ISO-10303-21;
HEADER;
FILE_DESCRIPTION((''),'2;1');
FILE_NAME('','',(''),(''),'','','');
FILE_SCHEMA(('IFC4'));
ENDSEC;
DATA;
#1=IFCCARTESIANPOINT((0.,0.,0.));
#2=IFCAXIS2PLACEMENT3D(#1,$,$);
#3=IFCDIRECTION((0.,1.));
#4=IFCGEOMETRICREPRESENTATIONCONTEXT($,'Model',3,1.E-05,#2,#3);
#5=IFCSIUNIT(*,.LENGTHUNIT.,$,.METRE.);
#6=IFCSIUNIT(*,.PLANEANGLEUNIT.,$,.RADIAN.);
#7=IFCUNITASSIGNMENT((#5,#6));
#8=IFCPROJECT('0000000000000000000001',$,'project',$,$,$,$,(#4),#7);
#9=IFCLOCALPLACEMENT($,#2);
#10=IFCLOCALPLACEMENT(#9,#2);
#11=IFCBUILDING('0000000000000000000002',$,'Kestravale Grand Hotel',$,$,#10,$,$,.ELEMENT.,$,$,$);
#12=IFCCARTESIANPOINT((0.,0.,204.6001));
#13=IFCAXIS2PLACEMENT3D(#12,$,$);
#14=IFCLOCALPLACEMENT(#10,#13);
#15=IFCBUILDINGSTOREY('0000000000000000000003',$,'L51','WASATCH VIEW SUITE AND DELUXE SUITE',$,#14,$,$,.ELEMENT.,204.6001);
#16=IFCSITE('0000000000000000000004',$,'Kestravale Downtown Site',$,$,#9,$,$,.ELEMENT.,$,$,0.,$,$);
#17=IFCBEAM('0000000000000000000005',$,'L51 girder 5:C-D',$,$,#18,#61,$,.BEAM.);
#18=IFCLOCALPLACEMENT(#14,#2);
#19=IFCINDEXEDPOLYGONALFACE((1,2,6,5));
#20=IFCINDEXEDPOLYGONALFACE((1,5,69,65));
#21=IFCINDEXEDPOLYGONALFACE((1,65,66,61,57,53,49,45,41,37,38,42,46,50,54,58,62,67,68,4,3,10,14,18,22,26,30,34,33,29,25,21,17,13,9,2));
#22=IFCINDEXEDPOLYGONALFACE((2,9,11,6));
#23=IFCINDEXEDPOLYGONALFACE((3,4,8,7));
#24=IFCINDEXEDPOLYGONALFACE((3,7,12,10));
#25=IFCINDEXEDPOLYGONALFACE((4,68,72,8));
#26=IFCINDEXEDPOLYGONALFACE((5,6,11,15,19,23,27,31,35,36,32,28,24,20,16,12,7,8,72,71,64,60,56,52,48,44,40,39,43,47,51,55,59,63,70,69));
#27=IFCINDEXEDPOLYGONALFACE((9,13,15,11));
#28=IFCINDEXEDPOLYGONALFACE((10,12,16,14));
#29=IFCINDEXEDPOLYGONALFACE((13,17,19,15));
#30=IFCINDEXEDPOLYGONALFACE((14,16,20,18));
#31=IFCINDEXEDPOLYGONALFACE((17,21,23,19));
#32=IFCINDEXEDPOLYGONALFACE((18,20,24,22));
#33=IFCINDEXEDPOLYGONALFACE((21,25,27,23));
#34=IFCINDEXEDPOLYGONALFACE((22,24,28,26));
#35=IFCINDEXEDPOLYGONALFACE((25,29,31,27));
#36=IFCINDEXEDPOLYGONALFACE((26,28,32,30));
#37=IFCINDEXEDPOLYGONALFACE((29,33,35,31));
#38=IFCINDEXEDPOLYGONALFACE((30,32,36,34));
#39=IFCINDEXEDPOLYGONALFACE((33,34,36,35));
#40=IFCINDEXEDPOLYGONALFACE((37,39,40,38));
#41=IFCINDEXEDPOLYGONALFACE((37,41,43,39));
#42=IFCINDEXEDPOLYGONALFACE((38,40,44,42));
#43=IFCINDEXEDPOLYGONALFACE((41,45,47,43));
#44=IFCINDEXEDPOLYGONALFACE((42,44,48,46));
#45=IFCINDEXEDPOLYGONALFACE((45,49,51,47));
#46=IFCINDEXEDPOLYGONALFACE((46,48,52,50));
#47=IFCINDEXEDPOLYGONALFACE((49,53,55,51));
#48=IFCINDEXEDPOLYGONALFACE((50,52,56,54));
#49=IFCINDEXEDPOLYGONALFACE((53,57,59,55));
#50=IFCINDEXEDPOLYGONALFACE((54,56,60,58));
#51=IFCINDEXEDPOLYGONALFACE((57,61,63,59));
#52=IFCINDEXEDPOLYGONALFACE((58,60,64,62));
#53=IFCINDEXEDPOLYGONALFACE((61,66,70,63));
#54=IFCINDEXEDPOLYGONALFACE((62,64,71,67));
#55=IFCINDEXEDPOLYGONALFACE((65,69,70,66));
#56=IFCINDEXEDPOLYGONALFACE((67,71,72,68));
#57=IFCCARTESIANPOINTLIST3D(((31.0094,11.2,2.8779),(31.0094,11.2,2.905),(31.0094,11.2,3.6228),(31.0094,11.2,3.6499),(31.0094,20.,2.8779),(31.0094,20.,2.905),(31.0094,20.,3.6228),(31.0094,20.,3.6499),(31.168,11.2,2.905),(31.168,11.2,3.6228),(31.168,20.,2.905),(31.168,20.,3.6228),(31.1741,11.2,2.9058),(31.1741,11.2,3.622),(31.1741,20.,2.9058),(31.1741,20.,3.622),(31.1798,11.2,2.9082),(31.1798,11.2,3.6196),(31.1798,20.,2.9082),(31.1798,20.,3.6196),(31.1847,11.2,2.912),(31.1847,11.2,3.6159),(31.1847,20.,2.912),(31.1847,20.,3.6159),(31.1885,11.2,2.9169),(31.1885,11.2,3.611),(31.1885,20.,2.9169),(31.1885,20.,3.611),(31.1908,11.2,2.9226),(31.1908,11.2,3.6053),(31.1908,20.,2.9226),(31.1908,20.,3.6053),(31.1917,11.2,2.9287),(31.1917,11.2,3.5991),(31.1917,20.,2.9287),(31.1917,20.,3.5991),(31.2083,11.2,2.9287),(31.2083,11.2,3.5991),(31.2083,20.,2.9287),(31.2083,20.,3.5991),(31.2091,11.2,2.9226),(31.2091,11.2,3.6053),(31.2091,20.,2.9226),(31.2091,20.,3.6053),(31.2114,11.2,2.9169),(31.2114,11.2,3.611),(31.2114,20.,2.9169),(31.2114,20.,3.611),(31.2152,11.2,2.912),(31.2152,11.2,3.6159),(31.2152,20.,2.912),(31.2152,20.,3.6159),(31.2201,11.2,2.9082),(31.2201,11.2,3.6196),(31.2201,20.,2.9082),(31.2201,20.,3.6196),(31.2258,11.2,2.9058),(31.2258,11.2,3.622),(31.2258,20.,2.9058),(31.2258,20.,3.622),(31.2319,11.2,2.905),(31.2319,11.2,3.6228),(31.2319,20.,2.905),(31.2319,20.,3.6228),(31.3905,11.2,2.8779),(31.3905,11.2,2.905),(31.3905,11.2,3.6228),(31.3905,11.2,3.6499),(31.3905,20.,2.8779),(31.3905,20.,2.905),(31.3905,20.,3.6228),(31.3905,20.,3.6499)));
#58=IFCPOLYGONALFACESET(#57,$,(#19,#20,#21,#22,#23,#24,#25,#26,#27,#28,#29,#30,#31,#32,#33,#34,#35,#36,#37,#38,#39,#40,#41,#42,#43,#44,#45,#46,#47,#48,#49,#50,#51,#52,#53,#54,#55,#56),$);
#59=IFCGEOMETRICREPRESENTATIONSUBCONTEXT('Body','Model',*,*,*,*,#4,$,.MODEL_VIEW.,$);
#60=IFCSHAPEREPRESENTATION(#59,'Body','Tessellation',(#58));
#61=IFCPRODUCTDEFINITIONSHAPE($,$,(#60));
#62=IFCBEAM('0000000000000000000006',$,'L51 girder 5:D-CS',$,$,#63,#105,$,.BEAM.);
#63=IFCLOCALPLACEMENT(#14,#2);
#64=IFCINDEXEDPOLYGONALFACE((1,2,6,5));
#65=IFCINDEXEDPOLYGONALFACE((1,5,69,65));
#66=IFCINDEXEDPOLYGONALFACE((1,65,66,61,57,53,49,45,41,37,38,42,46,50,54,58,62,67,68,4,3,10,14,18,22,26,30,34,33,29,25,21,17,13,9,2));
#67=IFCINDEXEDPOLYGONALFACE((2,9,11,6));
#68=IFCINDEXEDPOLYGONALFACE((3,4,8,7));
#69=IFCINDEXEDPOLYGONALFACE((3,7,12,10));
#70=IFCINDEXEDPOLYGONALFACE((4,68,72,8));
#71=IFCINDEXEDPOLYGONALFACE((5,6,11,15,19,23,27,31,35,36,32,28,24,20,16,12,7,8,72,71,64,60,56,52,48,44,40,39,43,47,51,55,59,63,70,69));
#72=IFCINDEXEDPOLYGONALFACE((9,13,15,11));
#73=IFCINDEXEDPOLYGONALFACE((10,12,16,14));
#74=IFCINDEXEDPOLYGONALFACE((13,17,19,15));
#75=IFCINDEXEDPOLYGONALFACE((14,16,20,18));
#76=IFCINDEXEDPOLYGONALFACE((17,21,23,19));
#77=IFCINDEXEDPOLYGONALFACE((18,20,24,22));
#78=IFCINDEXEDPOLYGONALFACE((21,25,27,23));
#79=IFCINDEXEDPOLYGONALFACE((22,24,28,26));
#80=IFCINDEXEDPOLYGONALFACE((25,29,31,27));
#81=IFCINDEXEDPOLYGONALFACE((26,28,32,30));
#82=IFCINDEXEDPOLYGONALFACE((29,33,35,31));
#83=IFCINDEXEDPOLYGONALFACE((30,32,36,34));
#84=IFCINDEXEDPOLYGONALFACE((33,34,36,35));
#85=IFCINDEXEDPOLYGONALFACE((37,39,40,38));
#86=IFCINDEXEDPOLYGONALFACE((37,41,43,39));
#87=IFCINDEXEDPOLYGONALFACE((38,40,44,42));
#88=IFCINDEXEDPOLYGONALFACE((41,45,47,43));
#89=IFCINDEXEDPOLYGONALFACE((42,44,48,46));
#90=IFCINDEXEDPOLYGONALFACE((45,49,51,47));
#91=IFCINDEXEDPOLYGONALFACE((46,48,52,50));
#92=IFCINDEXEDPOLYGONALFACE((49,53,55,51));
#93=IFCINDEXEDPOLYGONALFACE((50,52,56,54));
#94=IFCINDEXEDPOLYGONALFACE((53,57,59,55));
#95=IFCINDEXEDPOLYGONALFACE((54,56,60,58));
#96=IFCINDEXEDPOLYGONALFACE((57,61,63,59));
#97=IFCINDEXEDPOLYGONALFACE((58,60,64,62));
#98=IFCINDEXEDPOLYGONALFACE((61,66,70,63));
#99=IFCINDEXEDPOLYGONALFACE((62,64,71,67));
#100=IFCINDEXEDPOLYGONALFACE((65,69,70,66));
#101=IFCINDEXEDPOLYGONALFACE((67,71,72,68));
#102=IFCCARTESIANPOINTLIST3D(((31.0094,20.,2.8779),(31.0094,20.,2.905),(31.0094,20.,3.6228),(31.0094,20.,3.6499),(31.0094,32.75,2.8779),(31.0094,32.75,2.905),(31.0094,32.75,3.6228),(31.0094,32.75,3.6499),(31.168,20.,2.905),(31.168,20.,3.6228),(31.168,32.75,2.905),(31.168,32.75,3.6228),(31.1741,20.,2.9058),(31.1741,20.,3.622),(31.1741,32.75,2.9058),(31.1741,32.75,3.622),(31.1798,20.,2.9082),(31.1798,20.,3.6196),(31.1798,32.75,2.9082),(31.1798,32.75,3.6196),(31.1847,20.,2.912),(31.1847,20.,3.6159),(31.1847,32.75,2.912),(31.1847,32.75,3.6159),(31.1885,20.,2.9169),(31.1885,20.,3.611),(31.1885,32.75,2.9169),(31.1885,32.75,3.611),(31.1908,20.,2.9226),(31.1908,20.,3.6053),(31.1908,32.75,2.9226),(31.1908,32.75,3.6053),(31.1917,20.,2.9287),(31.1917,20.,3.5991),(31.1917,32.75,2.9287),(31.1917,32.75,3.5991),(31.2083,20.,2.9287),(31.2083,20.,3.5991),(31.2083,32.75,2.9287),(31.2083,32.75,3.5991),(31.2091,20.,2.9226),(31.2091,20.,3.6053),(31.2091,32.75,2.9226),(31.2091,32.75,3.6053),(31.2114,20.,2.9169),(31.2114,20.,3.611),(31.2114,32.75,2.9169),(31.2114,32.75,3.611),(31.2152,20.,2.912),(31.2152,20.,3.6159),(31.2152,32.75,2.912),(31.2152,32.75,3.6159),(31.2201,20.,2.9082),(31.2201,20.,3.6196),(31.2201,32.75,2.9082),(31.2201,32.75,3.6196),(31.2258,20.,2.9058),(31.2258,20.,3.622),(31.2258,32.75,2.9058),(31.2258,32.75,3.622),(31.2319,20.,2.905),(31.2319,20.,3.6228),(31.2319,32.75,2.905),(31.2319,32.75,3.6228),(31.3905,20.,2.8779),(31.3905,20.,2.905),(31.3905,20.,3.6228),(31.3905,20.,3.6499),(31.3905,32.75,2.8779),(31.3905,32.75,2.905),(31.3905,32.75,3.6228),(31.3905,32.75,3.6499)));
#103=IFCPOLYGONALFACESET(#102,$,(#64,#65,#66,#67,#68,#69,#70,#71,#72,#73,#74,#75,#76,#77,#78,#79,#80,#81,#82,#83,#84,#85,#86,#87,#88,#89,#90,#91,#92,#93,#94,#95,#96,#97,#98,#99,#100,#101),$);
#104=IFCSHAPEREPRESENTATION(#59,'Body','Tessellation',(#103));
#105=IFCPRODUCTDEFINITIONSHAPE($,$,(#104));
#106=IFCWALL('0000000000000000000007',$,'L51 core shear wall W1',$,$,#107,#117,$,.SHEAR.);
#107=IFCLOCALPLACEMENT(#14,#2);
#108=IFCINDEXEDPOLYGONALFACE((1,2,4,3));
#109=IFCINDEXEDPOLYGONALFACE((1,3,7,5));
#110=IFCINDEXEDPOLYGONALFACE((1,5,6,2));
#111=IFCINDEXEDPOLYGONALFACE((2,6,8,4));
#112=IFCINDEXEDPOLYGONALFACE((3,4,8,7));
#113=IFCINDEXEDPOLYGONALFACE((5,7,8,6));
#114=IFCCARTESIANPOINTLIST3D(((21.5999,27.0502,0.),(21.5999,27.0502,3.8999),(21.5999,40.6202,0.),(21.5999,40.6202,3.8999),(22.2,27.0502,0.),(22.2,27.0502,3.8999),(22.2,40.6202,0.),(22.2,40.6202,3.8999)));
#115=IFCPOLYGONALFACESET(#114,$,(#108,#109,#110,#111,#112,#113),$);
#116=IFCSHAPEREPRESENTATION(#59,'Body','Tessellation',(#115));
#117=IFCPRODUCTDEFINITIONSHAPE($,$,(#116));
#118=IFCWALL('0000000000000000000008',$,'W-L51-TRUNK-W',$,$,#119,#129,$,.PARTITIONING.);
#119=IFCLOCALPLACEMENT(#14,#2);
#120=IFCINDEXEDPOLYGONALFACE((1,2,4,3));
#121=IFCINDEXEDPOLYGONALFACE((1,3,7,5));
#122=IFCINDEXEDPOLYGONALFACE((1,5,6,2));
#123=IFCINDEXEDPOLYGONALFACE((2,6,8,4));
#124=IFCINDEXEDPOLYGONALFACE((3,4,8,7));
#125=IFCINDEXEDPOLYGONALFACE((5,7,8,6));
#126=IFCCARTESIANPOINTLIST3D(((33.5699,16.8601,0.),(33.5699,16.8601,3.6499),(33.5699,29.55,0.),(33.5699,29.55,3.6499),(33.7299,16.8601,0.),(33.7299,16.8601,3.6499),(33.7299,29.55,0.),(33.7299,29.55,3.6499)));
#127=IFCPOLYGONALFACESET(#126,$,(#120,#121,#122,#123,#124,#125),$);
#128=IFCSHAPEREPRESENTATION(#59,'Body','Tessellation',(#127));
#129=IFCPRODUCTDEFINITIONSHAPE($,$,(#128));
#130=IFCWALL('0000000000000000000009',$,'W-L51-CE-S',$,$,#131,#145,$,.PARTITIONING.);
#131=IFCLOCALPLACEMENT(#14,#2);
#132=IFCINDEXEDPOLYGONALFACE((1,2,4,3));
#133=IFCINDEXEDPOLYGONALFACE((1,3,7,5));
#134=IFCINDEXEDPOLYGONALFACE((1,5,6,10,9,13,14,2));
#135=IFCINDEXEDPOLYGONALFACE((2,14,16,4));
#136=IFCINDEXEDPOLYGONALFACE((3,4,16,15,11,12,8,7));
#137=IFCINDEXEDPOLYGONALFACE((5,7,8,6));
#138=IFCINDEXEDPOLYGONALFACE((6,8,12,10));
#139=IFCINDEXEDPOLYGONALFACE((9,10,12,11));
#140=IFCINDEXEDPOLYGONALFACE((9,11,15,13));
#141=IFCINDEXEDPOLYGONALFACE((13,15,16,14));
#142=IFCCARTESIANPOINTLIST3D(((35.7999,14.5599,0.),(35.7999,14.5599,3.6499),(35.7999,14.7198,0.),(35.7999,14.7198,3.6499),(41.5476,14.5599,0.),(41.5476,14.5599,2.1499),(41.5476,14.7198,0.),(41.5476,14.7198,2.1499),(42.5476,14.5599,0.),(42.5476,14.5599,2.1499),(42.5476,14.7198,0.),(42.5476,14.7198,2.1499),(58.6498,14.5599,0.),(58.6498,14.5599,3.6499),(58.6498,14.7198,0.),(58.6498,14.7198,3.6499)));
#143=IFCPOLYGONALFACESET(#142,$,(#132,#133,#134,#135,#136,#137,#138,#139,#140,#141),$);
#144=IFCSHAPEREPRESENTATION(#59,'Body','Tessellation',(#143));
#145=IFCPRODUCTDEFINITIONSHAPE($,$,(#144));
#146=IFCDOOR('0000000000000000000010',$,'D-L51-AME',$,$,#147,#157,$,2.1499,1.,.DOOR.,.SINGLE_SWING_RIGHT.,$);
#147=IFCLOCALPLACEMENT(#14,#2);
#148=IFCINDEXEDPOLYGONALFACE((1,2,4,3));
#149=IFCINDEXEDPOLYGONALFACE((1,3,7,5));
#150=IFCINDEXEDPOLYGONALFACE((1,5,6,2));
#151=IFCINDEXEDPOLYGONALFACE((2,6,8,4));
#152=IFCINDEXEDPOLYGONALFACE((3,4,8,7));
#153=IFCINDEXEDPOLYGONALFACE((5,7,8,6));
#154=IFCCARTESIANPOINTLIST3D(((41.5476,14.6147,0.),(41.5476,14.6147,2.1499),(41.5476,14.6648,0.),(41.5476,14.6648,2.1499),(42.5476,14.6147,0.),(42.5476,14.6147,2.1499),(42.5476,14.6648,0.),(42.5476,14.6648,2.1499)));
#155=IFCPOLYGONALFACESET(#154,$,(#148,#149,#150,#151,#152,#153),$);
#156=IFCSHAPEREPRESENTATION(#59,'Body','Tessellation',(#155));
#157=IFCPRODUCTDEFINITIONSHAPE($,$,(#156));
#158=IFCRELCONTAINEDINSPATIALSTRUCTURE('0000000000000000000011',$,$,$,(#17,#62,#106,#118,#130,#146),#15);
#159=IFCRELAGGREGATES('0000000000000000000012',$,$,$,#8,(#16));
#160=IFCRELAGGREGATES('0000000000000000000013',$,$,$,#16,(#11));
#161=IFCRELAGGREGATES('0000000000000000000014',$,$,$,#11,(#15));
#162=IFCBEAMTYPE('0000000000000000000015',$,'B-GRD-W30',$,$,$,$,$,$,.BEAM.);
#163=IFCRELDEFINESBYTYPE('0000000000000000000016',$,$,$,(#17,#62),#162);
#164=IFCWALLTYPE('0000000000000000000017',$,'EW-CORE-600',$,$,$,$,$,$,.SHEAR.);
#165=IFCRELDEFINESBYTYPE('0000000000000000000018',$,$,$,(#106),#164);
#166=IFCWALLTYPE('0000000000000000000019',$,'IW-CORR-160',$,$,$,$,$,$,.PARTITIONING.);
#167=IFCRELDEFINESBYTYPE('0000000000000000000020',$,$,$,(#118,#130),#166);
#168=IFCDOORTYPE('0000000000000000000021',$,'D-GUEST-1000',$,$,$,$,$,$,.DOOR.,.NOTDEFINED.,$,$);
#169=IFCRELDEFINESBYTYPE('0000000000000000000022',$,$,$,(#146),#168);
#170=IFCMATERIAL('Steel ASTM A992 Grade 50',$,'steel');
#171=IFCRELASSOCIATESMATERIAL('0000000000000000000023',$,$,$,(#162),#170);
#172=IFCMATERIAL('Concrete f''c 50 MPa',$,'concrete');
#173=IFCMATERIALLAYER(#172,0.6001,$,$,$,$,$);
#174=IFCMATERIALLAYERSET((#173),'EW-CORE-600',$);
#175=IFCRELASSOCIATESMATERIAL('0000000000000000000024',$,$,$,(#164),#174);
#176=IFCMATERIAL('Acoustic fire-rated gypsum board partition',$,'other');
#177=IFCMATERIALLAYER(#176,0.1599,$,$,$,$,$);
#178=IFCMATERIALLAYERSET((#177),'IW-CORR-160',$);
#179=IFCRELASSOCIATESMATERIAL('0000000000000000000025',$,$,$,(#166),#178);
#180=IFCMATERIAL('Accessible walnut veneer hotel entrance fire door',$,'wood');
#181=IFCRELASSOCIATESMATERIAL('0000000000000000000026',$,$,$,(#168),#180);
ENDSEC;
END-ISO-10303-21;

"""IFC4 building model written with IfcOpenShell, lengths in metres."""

from ifc_helpers import new_model, si_unit, direction, frame, frame_2d, origin, origin_2d, place, context, subcontext, project, spatial, rectangle, i_section, extrude, material, layer, layer_set, material_profile, profile_set, type_object, element, fill, save


model = new_model("IFC4")

# Units and contexts
model_context = context("Model", 3, precision=1e-05, world=origin(), true_north=direction((0.0, 1.0)))
body_context = subcontext(model_context, "Body", "Model", "MODEL_VIEW")
ifc_project = project(units=[si_unit("LENGTHUNIT", "METRE"), si_unit("PLANEANGLEUNIT", "RADIAN")], contexts=[model_context])

# Site, building, storey
site_placement = place(None, origin())
site = spatial("IfcSite", under=ifc_project, at=site_placement, Name="Kestravale Downtown Site", CompositionType="ELEMENT", RefElevation=0.0)
building_placement = place(site_placement, origin())
building = spatial("IfcBuilding", under=site, at=building_placement, Name="Kestravale Grand Hotel", CompositionType="ELEMENT")
storey_placement = place(building_placement, frame((0.0, 0.0, 204.6001)))
storey = spatial("IfcBuildingStorey", under=building, at=storey_placement, Name="L51", Description="WASATCH VIEW SUITE AND DELUXE SUITE", CompositionType="ELEMENT", Elevation=204.6001)

# Beams
ifc_material_1 = material(Name="Steel ASTM A992 Grade 50", Category="steel")
ifc_material_profile_1 = material_profile(ifc_material_1, i_section(OverallWidth=0.3811, OverallDepth=0.772, WebThickness=0.0166, FlangeThickness=0.0271, FilletRadius=0.0237, at=origin_2d()))
ifc_profile_set_1 = profile_set([ifc_material_profile_1], Name="Steel ASTM A992 Grade 50")
beam_type_1 = type_object("IfcBeamType", Name="B-GRD-W30", PredefinedType="BEAM", material=ifc_profile_set_1)
beam_1_placement = place(storey_placement, frame((31.2, 11.2, 3.2639), z_axis=(0.0, 1.0, 0.0), x_axis=(-1.0, 0.0, 0.0)))
element("IfcBeam", 1, at=beam_1_placement, inside=storey, type_object=beam_type_1, Name="L51 girder 5:C-D", PredefinedType="BEAM", context=body_context, shape_type="SweptSolid", body=[
    extrude(i_section(OverallWidth=0.3811, OverallDepth=0.772, WebThickness=0.0166, FlangeThickness=0.0271, FilletRadius=0.0237, at=origin_2d()), origin(), (0.0, 0.0, 1.0), 8.8),
])
beam_2_placement = place(storey_placement, frame((31.2, 20.0, 3.2639), z_axis=(0.0, 1.0, 0.0), x_axis=(-1.0, 0.0, 0.0)))
element("IfcBeam", 2, at=beam_2_placement, inside=storey, type_object=beam_type_1, Name="L51 girder 5:D-CS", PredefinedType="BEAM", context=body_context, shape_type="SweptSolid", body=[
    extrude(i_section(OverallWidth=0.3811, OverallDepth=0.772, WebThickness=0.0166, FlangeThickness=0.0271, FilletRadius=0.0237, at=origin_2d()), origin(), (0.0, 0.0, 1.0), 12.75),
])

# Walls
ifc_material_2 = material(Name="Concrete f'c 50 MPa", Category="concrete")
ifc_layer_1 = layer(ifc_material_2, 0.6001)
ifc_layer_set_1 = layer_set([ifc_layer_1], Name="EW-CORE-600")
wall_type_1 = type_object("IfcWallType", Name="EW-CORE-600", PredefinedType="SHEAR", material=ifc_layer_set_1)
wall_1_placement = place(storey_placement, frame((21.8999, 27.05, 0.0), z_axis=(0.0, 0.0, 1.0), x_axis=(0.0, 1.0, 0.0)))
element("IfcWall", 3, at=wall_1_placement, inside=storey, type_object=wall_type_1, Name="L51 core shear wall W1", PredefinedType="SHEAR", context=body_context, shape_type="SweptSolid", body=[
    extrude(rectangle(XDim=13.5701, YDim=0.6001, at=frame_2d((6.7852, 0.0))), origin(), (0.0, 0.0, 1.0), 3.8999),
])
ifc_material_3 = material(Name="Acoustic fire-rated gypsum board partition", Category="other")
ifc_layer_2 = layer(ifc_material_3, 0.1599)
ifc_layer_set_2 = layer_set([ifc_layer_2], Name="IW-CORR-160")
wall_type_2 = type_object("IfcWallType", Name="IW-CORR-160", PredefinedType="PARTITIONING", material=ifc_layer_set_2)
wall_2_placement = place(storey_placement, frame((33.6499, 16.8601, 0.0), z_axis=(0.0, 0.0, 1.0), x_axis=(0.0, 1.0, 0.0)))
element("IfcWall", 4, at=wall_2_placement, inside=storey, type_object=wall_type_2, Name="W-L51-TRUNK-W", PredefinedType="PARTITIONING", context=body_context, shape_type="SweptSolid", body=[
    extrude(rectangle(XDim=12.6899, YDim=0.1599, at=frame_2d((6.345, 0.0))), origin(), (0.0, 0.0, 1.0), 3.6499),
])

# Wall, opening, door
wall_3_placement = place(storey_placement, frame((35.8, 14.6399, 0.0), z_axis=(0.0, 0.0, 1.0), x_axis=(1.0, 0.0, 0.0)))
wall_3 = element("IfcWall", 5, at=wall_3_placement, inside=storey, type_object=wall_type_2, Name="W-L51-CE-S", PredefinedType="PARTITIONING", context=body_context, shape_type="SweptSolid", body=[
    extrude(rectangle(XDim=22.8499, YDim=0.1599, at=frame_2d((11.4248, 0.0))), origin(), (0.0, 0.0, 1.0), 3.6499),
])
opening_1_placement = place(wall_3_placement, frame((5.7476, 0.0, 0.0)))
opening_1 = element("IfcOpeningElement", 6, at=opening_1_placement, cuts=wall_3, PredefinedType="OPENING", context=body_context, shape_type="SweptSolid", body=[
    extrude(rectangle(XDim=1.0, YDim=2.1499, at=frame_2d((0.5, 1.075))), frame((0.0, 0.0898, 0.0), z_axis=(0.0, -1.0, 0.0), x_axis=(1.0, 0.0, 0.0)), (0.0, 0.0, 1.0), 0.1799),
])
ifc_material_4 = material(Name="Accessible walnut veneer hotel entrance fire door", Category="wood")
door_type_1 = type_object("IfcDoorType", Name="D-GUEST-1000", OperationType="NOTDEFINED", PredefinedType="DOOR", material=ifc_material_4)
door_1_placement = place(opening_1_placement, origin())
door_1 = element("IfcDoor", 7, at=door_1_placement, inside=storey, type_object=door_type_1, Name="D-L51-AME", OperationType="SINGLE_SWING_RIGHT", OverallHeight=2.1499, OverallWidth=1.0, PredefinedType="DOOR", context=body_context, shape_type="SweptSolid", body=[
    extrude(rectangle(XDim=1.0, YDim=2.1499, at=frame_2d((0.5, 1.075))), frame((0.0, 0.0249, 0.0), z_axis=(0.0, -1.0, 0.0), x_axis=(1.0, 0.0, 0.0)), (0.0, 0.0, 1.0), 0.05),
])
fill(opening_1, door_1)

save(model, "model.ifc")
